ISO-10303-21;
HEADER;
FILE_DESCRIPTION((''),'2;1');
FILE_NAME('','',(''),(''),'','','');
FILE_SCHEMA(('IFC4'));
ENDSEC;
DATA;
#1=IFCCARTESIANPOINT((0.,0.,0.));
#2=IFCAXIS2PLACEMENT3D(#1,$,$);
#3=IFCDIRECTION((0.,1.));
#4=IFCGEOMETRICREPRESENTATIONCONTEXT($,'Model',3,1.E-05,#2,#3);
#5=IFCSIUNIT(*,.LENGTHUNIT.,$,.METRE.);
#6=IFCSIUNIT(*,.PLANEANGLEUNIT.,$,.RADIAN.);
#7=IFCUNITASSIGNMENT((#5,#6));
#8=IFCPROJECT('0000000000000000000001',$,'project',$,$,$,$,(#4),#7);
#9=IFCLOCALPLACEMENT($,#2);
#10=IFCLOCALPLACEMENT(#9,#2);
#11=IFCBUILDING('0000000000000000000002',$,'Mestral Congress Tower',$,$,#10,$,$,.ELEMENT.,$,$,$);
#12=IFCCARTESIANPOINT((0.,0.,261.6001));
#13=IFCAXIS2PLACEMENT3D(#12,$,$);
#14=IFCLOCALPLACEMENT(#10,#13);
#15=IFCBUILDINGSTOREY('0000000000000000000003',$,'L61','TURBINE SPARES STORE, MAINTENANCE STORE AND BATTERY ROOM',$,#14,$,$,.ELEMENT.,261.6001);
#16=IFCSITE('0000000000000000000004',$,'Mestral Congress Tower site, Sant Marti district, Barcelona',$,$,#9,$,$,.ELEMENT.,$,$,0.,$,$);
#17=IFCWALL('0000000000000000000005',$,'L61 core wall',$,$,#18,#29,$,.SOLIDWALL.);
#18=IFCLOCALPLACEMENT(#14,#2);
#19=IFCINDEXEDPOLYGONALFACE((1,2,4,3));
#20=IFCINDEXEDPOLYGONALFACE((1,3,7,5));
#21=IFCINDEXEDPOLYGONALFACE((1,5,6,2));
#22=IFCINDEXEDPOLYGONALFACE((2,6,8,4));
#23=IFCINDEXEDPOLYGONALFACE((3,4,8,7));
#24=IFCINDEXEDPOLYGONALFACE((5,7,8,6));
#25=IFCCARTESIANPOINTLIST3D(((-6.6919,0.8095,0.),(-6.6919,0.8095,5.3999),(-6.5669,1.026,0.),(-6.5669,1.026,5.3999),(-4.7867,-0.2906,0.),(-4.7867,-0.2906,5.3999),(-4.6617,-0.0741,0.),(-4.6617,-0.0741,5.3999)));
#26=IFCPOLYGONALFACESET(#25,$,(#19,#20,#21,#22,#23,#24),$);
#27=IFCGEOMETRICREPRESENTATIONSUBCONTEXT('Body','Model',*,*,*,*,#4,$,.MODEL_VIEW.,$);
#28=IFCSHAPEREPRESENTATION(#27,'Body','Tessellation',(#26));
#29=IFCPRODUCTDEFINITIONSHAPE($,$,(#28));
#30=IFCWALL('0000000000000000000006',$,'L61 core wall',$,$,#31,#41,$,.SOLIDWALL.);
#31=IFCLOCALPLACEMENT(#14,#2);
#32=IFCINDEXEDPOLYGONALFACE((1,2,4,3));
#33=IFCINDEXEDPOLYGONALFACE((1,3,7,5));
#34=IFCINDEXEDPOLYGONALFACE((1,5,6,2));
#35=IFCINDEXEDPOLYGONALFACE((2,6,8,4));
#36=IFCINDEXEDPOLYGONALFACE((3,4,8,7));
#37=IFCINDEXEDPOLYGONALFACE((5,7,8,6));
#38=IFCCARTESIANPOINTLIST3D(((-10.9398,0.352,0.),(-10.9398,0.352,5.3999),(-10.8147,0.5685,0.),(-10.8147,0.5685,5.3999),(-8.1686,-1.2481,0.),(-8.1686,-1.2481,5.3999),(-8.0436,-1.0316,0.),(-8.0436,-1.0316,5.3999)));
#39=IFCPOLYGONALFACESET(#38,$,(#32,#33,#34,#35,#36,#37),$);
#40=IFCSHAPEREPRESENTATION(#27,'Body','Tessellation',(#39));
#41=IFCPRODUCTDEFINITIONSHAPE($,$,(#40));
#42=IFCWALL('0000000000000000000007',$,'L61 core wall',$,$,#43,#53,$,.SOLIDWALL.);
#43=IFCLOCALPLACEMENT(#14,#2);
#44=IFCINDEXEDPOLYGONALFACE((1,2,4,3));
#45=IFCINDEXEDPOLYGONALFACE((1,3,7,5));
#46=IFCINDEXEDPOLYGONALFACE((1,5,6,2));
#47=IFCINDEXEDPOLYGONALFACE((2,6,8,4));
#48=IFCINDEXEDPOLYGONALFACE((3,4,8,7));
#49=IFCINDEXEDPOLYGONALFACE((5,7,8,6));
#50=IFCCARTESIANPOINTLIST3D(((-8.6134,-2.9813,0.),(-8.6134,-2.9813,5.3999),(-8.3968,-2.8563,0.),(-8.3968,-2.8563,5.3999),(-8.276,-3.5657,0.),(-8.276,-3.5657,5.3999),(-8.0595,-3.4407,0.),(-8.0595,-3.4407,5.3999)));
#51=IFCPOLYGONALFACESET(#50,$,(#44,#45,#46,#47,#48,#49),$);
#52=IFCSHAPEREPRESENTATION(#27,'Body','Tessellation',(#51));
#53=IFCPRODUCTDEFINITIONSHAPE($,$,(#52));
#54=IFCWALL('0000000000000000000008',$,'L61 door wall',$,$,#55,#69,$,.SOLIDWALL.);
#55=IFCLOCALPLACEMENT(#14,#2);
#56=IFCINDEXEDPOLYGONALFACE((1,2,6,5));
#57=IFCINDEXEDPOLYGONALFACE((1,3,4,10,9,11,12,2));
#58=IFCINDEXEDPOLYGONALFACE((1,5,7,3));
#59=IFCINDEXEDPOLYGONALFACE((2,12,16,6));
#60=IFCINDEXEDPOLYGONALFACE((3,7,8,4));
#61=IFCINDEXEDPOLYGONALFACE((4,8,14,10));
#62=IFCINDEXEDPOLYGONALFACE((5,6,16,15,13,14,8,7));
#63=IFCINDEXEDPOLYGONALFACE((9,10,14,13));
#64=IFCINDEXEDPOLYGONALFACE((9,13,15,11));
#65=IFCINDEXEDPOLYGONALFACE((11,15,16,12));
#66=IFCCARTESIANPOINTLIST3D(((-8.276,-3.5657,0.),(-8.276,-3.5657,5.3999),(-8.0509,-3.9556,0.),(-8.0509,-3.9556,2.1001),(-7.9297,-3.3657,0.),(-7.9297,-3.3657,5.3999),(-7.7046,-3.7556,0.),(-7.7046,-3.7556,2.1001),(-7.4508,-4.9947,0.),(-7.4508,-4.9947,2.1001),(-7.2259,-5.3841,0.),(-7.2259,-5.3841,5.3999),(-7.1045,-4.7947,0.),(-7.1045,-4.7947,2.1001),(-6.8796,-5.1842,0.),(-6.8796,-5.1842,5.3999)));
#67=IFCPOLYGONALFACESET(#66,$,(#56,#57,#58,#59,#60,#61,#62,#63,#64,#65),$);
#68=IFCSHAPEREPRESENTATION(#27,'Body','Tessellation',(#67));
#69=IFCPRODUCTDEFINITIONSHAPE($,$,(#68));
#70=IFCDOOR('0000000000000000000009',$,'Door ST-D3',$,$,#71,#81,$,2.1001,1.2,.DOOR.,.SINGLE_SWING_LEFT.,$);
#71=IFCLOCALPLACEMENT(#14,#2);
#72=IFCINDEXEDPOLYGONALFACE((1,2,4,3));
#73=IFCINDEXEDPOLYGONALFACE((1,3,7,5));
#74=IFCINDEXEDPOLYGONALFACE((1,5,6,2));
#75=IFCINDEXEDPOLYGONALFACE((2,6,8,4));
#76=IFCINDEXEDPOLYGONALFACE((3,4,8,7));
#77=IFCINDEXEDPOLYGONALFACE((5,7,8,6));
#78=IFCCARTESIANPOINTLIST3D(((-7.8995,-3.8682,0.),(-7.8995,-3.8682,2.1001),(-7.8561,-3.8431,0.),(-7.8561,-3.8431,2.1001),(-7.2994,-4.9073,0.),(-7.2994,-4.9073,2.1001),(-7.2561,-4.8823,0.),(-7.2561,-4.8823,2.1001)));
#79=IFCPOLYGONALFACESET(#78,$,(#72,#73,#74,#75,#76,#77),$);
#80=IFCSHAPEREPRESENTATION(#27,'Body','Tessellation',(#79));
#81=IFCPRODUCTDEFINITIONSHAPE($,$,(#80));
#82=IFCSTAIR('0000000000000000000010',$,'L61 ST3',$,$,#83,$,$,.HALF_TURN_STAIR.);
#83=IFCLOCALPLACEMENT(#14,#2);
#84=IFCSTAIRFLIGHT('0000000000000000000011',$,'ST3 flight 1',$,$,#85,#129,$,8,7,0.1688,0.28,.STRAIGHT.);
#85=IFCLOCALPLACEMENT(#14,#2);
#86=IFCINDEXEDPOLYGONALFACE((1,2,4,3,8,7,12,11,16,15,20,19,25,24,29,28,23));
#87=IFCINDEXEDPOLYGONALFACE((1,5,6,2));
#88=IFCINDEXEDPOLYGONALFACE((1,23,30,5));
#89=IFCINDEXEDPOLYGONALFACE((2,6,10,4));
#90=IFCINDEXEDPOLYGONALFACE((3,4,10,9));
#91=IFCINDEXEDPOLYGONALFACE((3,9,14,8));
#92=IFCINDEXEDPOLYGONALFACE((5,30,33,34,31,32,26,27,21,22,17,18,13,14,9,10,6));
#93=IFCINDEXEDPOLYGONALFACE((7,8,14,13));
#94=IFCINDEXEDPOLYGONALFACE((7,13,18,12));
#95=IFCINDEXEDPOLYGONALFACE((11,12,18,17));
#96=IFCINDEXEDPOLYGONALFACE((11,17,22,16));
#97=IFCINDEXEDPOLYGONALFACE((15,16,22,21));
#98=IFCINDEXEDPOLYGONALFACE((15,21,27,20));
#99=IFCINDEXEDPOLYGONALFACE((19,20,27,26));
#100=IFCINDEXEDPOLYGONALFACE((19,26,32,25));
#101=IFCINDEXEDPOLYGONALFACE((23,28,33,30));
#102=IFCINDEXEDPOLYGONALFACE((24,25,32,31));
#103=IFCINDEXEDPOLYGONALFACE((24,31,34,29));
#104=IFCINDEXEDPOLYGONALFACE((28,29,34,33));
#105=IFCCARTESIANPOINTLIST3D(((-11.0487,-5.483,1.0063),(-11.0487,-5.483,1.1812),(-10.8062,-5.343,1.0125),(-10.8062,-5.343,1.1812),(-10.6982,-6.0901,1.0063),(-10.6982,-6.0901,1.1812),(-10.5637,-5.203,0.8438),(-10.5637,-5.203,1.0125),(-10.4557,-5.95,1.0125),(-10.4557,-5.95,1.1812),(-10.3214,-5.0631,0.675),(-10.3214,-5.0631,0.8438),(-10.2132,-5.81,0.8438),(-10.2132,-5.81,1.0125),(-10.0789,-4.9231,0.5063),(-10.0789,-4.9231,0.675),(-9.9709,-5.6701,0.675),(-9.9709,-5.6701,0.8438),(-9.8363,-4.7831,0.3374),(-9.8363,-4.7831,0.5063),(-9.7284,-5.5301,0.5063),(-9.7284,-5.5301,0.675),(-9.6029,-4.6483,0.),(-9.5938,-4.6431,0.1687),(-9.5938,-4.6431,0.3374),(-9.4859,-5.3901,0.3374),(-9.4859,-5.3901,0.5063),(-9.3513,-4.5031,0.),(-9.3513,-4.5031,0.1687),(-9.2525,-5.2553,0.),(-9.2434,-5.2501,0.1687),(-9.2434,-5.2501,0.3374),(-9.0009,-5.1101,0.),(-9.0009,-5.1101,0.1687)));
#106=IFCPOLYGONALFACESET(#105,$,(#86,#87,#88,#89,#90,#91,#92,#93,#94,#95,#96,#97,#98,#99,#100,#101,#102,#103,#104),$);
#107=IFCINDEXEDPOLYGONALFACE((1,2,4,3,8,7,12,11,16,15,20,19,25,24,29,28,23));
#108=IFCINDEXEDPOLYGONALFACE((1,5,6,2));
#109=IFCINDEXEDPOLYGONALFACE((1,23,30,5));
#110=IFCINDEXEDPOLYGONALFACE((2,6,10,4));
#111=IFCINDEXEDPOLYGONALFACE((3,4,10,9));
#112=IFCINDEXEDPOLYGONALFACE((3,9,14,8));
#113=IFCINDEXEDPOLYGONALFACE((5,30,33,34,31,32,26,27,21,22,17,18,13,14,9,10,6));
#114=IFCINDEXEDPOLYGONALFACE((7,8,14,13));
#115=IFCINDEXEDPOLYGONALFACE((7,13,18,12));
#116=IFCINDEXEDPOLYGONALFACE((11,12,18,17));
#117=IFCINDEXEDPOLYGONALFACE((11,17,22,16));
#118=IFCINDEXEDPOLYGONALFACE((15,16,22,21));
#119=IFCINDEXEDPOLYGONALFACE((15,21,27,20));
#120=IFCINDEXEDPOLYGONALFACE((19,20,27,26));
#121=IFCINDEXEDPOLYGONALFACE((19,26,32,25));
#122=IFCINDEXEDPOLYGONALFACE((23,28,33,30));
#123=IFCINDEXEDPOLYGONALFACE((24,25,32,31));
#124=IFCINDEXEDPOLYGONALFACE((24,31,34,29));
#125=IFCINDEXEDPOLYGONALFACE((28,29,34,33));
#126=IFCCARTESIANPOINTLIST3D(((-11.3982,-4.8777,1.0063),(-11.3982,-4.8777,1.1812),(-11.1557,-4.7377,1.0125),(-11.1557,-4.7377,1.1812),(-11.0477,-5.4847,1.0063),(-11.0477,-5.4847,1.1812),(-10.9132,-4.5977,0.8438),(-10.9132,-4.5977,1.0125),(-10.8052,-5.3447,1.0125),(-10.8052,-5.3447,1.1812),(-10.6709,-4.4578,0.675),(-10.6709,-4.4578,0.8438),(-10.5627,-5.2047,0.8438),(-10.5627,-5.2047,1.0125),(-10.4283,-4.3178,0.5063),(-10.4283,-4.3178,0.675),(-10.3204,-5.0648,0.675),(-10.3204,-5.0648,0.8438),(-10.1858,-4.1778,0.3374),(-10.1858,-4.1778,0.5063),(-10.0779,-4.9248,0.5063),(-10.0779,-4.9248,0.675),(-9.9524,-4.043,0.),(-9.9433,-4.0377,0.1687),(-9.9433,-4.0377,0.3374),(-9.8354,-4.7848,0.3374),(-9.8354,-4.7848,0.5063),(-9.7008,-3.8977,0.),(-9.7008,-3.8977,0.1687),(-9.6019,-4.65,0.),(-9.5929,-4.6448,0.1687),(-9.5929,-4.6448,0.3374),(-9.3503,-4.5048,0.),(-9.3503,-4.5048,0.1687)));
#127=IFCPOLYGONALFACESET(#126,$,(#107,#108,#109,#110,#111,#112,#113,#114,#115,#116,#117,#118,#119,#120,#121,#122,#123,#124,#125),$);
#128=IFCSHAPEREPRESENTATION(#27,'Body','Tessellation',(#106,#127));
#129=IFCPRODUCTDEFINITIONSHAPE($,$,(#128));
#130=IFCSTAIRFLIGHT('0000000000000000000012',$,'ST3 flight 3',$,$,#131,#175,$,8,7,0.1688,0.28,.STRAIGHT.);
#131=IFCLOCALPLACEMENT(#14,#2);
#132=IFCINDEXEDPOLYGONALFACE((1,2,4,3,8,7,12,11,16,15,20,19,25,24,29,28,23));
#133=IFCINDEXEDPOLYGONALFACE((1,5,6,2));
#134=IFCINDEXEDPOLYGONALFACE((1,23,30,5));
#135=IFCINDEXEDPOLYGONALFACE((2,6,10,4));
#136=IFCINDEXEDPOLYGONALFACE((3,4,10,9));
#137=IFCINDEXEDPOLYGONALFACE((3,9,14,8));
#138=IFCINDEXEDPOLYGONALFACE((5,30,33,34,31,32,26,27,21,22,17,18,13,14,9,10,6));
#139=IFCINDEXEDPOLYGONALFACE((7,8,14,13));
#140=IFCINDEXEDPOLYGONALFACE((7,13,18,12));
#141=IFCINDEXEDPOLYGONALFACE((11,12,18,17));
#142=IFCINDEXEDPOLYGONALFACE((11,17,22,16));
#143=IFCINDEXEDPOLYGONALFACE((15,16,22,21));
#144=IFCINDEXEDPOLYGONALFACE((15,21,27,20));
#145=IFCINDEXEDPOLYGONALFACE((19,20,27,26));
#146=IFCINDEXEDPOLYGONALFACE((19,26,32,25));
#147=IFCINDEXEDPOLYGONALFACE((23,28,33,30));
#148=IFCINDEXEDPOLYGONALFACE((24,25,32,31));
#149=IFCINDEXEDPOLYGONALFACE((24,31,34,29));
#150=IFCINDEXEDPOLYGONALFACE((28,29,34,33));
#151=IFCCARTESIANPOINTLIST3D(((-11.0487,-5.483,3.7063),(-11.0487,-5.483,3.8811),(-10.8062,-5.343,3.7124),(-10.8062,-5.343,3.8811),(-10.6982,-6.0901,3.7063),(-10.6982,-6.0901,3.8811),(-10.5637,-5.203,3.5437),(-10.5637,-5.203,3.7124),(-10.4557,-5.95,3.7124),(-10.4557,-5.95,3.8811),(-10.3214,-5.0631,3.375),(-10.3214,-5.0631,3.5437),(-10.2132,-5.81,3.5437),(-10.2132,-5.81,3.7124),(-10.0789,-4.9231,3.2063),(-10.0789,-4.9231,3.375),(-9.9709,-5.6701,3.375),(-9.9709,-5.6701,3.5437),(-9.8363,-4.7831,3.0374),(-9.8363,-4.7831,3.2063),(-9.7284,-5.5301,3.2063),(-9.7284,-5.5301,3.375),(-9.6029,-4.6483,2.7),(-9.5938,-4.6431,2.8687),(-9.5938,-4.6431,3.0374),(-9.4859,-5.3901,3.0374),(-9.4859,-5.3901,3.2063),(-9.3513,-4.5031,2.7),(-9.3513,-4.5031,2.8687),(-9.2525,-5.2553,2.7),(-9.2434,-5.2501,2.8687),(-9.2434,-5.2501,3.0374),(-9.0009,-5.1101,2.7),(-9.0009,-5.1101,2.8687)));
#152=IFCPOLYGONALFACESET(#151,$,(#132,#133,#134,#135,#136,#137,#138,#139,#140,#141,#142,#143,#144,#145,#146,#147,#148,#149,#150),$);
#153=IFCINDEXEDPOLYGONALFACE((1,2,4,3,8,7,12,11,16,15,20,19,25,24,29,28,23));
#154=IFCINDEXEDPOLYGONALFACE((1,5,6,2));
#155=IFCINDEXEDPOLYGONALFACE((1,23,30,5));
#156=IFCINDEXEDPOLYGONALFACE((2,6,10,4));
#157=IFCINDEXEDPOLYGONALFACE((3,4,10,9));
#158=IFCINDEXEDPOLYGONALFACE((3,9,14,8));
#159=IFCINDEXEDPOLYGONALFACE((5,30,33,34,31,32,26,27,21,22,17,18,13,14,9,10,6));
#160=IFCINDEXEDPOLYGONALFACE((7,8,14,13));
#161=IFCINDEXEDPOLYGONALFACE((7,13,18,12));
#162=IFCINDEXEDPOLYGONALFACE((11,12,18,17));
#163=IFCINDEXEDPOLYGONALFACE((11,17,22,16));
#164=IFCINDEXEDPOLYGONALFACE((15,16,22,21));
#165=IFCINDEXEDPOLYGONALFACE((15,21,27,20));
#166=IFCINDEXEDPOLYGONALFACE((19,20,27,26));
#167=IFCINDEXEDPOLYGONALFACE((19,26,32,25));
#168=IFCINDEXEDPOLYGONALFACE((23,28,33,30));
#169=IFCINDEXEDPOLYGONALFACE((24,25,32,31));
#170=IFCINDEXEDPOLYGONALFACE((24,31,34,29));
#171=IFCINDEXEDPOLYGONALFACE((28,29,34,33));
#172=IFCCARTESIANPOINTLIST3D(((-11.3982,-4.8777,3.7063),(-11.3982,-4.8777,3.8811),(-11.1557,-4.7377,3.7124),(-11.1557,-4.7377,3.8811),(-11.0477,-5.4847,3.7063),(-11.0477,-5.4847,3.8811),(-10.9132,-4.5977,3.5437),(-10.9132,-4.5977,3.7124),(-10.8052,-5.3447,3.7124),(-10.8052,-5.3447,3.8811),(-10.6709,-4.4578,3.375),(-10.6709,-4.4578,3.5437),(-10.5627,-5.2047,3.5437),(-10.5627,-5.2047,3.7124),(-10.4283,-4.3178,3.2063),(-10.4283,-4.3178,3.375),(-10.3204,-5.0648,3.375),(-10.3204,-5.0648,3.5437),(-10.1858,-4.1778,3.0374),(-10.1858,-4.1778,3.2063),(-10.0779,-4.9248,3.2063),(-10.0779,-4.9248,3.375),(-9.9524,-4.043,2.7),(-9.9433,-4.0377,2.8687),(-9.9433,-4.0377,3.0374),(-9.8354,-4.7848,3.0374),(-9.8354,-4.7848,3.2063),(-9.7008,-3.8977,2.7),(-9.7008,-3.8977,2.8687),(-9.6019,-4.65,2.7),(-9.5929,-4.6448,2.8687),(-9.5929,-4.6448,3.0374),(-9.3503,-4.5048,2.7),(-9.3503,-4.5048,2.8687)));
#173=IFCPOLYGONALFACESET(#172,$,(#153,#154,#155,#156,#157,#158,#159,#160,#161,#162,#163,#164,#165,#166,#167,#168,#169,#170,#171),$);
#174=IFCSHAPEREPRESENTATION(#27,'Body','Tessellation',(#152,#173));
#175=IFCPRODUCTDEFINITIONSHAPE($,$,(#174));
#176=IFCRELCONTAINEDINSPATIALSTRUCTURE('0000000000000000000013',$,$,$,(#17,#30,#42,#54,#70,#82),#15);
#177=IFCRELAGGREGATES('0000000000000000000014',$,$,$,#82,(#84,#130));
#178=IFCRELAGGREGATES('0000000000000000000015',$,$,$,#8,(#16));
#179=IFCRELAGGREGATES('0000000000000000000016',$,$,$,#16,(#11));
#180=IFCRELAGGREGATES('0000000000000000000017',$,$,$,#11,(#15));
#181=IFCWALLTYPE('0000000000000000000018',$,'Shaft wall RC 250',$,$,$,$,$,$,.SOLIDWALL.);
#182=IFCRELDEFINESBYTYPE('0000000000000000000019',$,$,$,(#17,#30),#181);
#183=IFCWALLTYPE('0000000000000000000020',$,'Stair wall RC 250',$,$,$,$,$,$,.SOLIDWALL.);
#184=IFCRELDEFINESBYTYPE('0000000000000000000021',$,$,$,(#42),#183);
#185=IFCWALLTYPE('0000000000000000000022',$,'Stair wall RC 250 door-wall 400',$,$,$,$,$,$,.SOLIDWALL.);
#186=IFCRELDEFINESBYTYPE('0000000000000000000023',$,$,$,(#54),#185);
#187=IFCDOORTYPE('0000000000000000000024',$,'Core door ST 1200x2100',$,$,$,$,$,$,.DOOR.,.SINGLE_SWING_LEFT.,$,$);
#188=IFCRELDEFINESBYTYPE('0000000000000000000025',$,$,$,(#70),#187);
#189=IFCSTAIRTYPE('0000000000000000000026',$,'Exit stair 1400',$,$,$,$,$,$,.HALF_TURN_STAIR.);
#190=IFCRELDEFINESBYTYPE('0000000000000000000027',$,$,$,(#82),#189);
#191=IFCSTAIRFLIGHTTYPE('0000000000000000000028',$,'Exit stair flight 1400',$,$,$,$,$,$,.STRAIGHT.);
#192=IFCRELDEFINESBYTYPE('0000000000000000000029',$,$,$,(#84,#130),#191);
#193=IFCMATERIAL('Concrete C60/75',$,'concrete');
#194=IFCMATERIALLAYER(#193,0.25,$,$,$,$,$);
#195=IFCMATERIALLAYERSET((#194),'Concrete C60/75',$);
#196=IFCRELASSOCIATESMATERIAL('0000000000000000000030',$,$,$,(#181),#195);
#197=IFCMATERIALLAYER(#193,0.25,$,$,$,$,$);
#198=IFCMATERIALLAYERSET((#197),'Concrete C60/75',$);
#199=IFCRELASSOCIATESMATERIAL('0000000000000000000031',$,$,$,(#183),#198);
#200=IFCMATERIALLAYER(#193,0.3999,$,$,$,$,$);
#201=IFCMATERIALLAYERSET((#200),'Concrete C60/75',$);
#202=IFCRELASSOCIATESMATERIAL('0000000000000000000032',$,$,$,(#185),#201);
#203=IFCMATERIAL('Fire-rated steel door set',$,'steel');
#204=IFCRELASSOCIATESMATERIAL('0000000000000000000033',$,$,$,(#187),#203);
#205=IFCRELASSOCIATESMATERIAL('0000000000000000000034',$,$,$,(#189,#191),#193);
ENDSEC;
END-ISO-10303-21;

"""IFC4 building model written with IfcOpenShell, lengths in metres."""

from ifc_helpers import new_model, si_unit, direction, frame, frame_2d, origin, place, context, subcontext, project, spatial, polyline, rectangle, outline, extrude, material, layer, layer_set, type_object, element, fill, aggregate, save


model = new_model("IFC4")

# Units and contexts
model_context = context("Model", 3, precision=1e-05, world=origin(), true_north=direction((0.0, 1.0)))
body_context = subcontext(model_context, "Body", "Model", "MODEL_VIEW")
ifc_project = project(units=[si_unit("LENGTHUNIT", "METRE"), si_unit("PLANEANGLEUNIT", "RADIAN")], contexts=[model_context])

# Site, building, storey
site_placement = place(None, origin())
site = spatial("IfcSite", under=ifc_project, at=site_placement, Name="Mestral Congress Tower site, Sant Marti district, Barcelona", CompositionType="ELEMENT", RefElevation=0.0)
building_placement = place(site_placement, origin())
building = spatial("IfcBuilding", under=site, at=building_placement, Name="Mestral Congress Tower", CompositionType="ELEMENT")
storey_placement = place(building_placement, frame((0.0, 0.0, 261.6001)))
storey = spatial("IfcBuildingStorey", under=building, at=storey_placement, Name="L61", Description="TURBINE SPARES STORE, MAINTENANCE STORE AND BATTERY ROOM", CompositionType="ELEMENT", Elevation=261.6001)

# Shared definitions
ifc_material_1 = material(Name="Fire-rated steel door set", Category="steel")

# Walls
ifc_material_2 = material(Name="Concrete C60/75", Category="concrete")
ifc_layer_1 = layer(ifc_material_2, 0.25)
ifc_layer_set_1 = layer_set([ifc_layer_1], Name="Concrete C60/75")
wall_type_1 = type_object("IfcWallType", Name="Shaft wall RC 250", PredefinedType="SOLIDWALL", material=ifc_layer_set_1)
wall_1_placement = place(storey_placement, frame((-4.7241, -0.1824, 0.0), z_axis=(0.0, 0.0, 1.0), x_axis=(-0.866008, 0.50003, 0.0)))
element("IfcWall", 1, at=wall_1_placement, inside=storey, type_object=wall_type_1, Name="L61 core wall", PredefinedType="SOLIDWALL", context=body_context, shape_type="SweptSolid", body=[
    extrude(rectangle(XDim=2.2, YDim=0.25, at=frame_2d((1.1001, 0.0))), origin(), (0.0, 0.0, 1.0), 5.3999),
])
wall_2_placement = place(storey_placement, frame((-8.106, -1.1399, 0.0), z_axis=(0.0, 0.0, 1.0), x_axis=(-0.866009, 0.500028, 0.0)))
element("IfcWall", 2, at=wall_2_placement, inside=storey, type_object=wall_type_1, Name="L61 core wall", PredefinedType="SOLIDWALL", context=body_context, shape_type="SweptSolid", body=[
    extrude(rectangle(XDim=3.2, YDim=0.25, at=frame_2d((1.6001, 0.0))), origin(), (0.0, 0.0, 1.0), 5.3999),
])
ifc_layer_2 = layer(ifc_material_2, 0.25)
ifc_layer_set_2 = layer_set([ifc_layer_2], Name="Concrete C60/75")
wall_type_2 = type_object("IfcWallType", Name="Stair wall RC 250", PredefinedType="SOLIDWALL", material=ifc_layer_set_2)
wall_3_placement = place(storey_placement, frame((-8.1677, -3.5032, 0.0), z_axis=(0.0, 0.0, 1.0), x_axis=(-0.499952, 0.866053, 0.0)))
element("IfcWall", 3, at=wall_3_placement, inside=storey, type_object=wall_type_2, Name="L61 core wall", PredefinedType="SOLIDWALL", context=body_context, shape_type="SweptSolid", body=[
    extrude(rectangle(XDim=0.6748, YDim=0.25, at=frame_2d((0.3374, 0.0))), origin(), (0.0, 0.0, 1.0), 5.3999),
])

# Wall, opening, door
ifc_layer_3 = layer(ifc_material_2, 0.3999)
ifc_layer_set_3 = layer_set([ifc_layer_3], Name="Concrete C60/75")
wall_type_3 = type_object("IfcWallType", Name="Stair wall RC 250 door-wall 400", PredefinedType="SOLIDWALL", material=ifc_layer_set_3)
wall_4_placement = place(storey_placement, frame((-8.1028, -3.4658, 0.0), z_axis=(0.0, 0.0, 1.0), x_axis=(0.500078, -0.86598, 0.0)))
wall_4 = element("IfcWall", 4, at=wall_4_placement, inside=storey, type_object=wall_type_3, Name="L61 door wall", PredefinedType="SOLIDWALL", context=body_context, shape_type="SweptSolid", body=[
    extrude(rectangle(XDim=2.0999, YDim=0.3999, at=frame_2d((1.0498, 0.0))), origin(), (0.0, 0.0, 1.0), 5.3999),
])
opening_1_placement = place(wall_4_placement, frame((0.45, 0.0, 0.0)))
opening_1 = element("IfcOpeningElement", 5, at=opening_1_placement, cuts=wall_4, PredefinedType="OPENING", context=body_context, shape_type="SweptSolid", body=[
    extrude(rectangle(XDim=1.2, YDim=2.1001, at=frame_2d((0.6001, 1.05))), frame((0.0, 0.21, 0.0), z_axis=(0.0, -1.0, 0.0), x_axis=(1.0, 0.0, 0.0)), (0.0, 0.0, 1.0), 0.4199),
])
door_type_1 = type_object("IfcDoorType", Name="Core door ST 1200x2100", OperationType="SINGLE_SWING_LEFT", PredefinedType="DOOR", material=ifc_material_1)
door_1_placement = place(opening_1_placement, origin())
door_1 = element("IfcDoor", 6, at=door_1_placement, inside=storey, type_object=door_type_1, Name="Door ST-D3", OperationType="SINGLE_SWING_LEFT", OverallHeight=2.1001, OverallWidth=1.2, PredefinedType="DOOR", context=body_context, shape_type="SweptSolid", body=[
    extrude(rectangle(XDim=1.2, YDim=2.1001, at=frame_2d((0.6001, 1.05))), frame((0.0, 0.0249, 0.0), z_axis=(0.0, -1.0, 0.0), x_axis=(1.0, 0.0, 0.0)), (0.0, 0.0, 1.0), 0.05),
])
fill(opening_1, door_1)

# Stair, stair flights
stair_type = type_object("IfcStairType", Name="Exit stair 1400", PredefinedType="HALF_TURN_STAIR", material=ifc_material_2)
stair_placement = place(storey_placement, origin())
stair = element("IfcStair", 7, at=stair_placement, inside=storey, type_object=stair_type, Name="L61 ST3", PredefinedType="HALF_TURN_STAIR")
stair_flight_type = type_object("IfcStairFlightType", Name="Exit stair flight 1400", PredefinedType="STRAIGHT", material=ifc_material_2)
stair_flight_1_placement = place(storey_placement, frame((-9.3508, -4.5039, 0.0), z_axis=(0.0, 0.0, 1.0), x_axis=(-0.866025, -0.5, 0.0)))
stair_flight_1 = element("IfcStairFlight", 8, at=stair_flight_1_placement, type_object=stair_flight_type, Name="ST3 flight 1", NumberOfRisers=8, NumberOfTreads=7, PredefinedType="STRAIGHT", RiserHeight=0.1688, TreadLength=0.28, context=body_context, shape_type="SweptSolid", body=[
    extrude(outline(polyline([(0.0, 0.0), (0.0, 0.1687), (0.28, 0.1687), (0.28, 0.3374), (0.5601, 0.3374), (0.5601, 0.5063), (0.8401, 0.5063), (0.8401, 0.675), (1.1201, 0.675), (1.1201, 0.8438), (1.3999, 0.8438), (1.3999, 1.0125), (1.6799, 1.0125), (1.6799, 1.1812), (1.96, 1.1812), (1.96, 1.3501), (1.96, 1.0063), (0.2905, 0.0), (0.0, 0.0)])), frame((0.0, 0.7, 0.0), z_axis=(0.0, -1.0, 0.0), x_axis=(1.0, 0.0, 0.0)), (0.0, 0.0, 1.0), 0.7009),
    extrude(outline(polyline([(0.0, 0.0), (0.0, 0.1687), (0.28, 0.1687), (0.28, 0.3374), (0.5601, 0.3374), (0.5601, 0.5063), (0.8401, 0.5063), (0.8401, 0.675), (1.1201, 0.675), (1.1201, 0.8438), (1.3999, 0.8438), (1.3999, 1.0125), (1.6799, 1.0125), (1.6799, 1.1812), (1.96, 1.1812), (1.96, 1.3501), (1.96, 1.0063), (0.2905, 0.0), (0.0, 0.0)])), frame((0.0, 0.001, 0.0), z_axis=(0.0, -1.0, 0.0), x_axis=(1.0, 0.0, 0.0)), (0.0, 0.0, 1.0), 0.7009),
])
stair_flight_2_placement = place(storey_placement, frame((-9.3508, -4.5039, 2.7), z_axis=(0.0, 0.0, 1.0), x_axis=(-0.866025, -0.5, 0.0)))
stair_flight_2 = element("IfcStairFlight", 9, at=stair_flight_2_placement, type_object=stair_flight_type, Name="ST3 flight 3", NumberOfRisers=8, NumberOfTreads=7, PredefinedType="STRAIGHT", RiserHeight=0.1688, TreadLength=0.28, context=body_context, shape_type="SweptSolid", body=[
    extrude(outline(polyline([(0.0, 0.0), (0.0, 0.1687), (0.28, 0.1687), (0.28, 0.3374), (0.5601, 0.3374), (0.5601, 0.5063), (0.8401, 0.5063), (0.8401, 0.675), (1.1201, 0.675), (1.1201, 0.8438), (1.3999, 0.8438), (1.3999, 1.0125), (1.6799, 1.0125), (1.6799, 1.1812), (1.96, 1.1812), (1.96, 1.3501), (1.96, 1.0063), (0.2905, 0.0), (0.0, 0.0)])), frame((0.0, 0.7, 0.0), z_axis=(0.0, -1.0, 0.0), x_axis=(1.0, 0.0, 0.0)), (0.0, 0.0, 1.0), 0.7009),
    extrude(outline(polyline([(0.0, 0.0), (0.0, 0.1687), (0.28, 0.1687), (0.28, 0.3374), (0.5601, 0.3374), (0.5601, 0.5063), (0.8401, 0.5063), (0.8401, 0.675), (1.1201, 0.675), (1.1201, 0.8438), (1.3999, 0.8438), (1.3999, 1.0125), (1.6799, 1.0125), (1.6799, 1.1812), (1.96, 1.1812), (1.96, 1.3501), (1.96, 1.0063), (0.2905, 0.0), (0.0, 0.0)])), frame((0.0, 0.001, 0.0), z_axis=(0.0, -1.0, 0.0), x_axis=(1.0, 0.0, 0.0)), (0.0, 0.0, 1.0), 0.7009),
])
aggregate(stair, [stair_flight_1, stair_flight_2])

save(model, "model.ifc")
